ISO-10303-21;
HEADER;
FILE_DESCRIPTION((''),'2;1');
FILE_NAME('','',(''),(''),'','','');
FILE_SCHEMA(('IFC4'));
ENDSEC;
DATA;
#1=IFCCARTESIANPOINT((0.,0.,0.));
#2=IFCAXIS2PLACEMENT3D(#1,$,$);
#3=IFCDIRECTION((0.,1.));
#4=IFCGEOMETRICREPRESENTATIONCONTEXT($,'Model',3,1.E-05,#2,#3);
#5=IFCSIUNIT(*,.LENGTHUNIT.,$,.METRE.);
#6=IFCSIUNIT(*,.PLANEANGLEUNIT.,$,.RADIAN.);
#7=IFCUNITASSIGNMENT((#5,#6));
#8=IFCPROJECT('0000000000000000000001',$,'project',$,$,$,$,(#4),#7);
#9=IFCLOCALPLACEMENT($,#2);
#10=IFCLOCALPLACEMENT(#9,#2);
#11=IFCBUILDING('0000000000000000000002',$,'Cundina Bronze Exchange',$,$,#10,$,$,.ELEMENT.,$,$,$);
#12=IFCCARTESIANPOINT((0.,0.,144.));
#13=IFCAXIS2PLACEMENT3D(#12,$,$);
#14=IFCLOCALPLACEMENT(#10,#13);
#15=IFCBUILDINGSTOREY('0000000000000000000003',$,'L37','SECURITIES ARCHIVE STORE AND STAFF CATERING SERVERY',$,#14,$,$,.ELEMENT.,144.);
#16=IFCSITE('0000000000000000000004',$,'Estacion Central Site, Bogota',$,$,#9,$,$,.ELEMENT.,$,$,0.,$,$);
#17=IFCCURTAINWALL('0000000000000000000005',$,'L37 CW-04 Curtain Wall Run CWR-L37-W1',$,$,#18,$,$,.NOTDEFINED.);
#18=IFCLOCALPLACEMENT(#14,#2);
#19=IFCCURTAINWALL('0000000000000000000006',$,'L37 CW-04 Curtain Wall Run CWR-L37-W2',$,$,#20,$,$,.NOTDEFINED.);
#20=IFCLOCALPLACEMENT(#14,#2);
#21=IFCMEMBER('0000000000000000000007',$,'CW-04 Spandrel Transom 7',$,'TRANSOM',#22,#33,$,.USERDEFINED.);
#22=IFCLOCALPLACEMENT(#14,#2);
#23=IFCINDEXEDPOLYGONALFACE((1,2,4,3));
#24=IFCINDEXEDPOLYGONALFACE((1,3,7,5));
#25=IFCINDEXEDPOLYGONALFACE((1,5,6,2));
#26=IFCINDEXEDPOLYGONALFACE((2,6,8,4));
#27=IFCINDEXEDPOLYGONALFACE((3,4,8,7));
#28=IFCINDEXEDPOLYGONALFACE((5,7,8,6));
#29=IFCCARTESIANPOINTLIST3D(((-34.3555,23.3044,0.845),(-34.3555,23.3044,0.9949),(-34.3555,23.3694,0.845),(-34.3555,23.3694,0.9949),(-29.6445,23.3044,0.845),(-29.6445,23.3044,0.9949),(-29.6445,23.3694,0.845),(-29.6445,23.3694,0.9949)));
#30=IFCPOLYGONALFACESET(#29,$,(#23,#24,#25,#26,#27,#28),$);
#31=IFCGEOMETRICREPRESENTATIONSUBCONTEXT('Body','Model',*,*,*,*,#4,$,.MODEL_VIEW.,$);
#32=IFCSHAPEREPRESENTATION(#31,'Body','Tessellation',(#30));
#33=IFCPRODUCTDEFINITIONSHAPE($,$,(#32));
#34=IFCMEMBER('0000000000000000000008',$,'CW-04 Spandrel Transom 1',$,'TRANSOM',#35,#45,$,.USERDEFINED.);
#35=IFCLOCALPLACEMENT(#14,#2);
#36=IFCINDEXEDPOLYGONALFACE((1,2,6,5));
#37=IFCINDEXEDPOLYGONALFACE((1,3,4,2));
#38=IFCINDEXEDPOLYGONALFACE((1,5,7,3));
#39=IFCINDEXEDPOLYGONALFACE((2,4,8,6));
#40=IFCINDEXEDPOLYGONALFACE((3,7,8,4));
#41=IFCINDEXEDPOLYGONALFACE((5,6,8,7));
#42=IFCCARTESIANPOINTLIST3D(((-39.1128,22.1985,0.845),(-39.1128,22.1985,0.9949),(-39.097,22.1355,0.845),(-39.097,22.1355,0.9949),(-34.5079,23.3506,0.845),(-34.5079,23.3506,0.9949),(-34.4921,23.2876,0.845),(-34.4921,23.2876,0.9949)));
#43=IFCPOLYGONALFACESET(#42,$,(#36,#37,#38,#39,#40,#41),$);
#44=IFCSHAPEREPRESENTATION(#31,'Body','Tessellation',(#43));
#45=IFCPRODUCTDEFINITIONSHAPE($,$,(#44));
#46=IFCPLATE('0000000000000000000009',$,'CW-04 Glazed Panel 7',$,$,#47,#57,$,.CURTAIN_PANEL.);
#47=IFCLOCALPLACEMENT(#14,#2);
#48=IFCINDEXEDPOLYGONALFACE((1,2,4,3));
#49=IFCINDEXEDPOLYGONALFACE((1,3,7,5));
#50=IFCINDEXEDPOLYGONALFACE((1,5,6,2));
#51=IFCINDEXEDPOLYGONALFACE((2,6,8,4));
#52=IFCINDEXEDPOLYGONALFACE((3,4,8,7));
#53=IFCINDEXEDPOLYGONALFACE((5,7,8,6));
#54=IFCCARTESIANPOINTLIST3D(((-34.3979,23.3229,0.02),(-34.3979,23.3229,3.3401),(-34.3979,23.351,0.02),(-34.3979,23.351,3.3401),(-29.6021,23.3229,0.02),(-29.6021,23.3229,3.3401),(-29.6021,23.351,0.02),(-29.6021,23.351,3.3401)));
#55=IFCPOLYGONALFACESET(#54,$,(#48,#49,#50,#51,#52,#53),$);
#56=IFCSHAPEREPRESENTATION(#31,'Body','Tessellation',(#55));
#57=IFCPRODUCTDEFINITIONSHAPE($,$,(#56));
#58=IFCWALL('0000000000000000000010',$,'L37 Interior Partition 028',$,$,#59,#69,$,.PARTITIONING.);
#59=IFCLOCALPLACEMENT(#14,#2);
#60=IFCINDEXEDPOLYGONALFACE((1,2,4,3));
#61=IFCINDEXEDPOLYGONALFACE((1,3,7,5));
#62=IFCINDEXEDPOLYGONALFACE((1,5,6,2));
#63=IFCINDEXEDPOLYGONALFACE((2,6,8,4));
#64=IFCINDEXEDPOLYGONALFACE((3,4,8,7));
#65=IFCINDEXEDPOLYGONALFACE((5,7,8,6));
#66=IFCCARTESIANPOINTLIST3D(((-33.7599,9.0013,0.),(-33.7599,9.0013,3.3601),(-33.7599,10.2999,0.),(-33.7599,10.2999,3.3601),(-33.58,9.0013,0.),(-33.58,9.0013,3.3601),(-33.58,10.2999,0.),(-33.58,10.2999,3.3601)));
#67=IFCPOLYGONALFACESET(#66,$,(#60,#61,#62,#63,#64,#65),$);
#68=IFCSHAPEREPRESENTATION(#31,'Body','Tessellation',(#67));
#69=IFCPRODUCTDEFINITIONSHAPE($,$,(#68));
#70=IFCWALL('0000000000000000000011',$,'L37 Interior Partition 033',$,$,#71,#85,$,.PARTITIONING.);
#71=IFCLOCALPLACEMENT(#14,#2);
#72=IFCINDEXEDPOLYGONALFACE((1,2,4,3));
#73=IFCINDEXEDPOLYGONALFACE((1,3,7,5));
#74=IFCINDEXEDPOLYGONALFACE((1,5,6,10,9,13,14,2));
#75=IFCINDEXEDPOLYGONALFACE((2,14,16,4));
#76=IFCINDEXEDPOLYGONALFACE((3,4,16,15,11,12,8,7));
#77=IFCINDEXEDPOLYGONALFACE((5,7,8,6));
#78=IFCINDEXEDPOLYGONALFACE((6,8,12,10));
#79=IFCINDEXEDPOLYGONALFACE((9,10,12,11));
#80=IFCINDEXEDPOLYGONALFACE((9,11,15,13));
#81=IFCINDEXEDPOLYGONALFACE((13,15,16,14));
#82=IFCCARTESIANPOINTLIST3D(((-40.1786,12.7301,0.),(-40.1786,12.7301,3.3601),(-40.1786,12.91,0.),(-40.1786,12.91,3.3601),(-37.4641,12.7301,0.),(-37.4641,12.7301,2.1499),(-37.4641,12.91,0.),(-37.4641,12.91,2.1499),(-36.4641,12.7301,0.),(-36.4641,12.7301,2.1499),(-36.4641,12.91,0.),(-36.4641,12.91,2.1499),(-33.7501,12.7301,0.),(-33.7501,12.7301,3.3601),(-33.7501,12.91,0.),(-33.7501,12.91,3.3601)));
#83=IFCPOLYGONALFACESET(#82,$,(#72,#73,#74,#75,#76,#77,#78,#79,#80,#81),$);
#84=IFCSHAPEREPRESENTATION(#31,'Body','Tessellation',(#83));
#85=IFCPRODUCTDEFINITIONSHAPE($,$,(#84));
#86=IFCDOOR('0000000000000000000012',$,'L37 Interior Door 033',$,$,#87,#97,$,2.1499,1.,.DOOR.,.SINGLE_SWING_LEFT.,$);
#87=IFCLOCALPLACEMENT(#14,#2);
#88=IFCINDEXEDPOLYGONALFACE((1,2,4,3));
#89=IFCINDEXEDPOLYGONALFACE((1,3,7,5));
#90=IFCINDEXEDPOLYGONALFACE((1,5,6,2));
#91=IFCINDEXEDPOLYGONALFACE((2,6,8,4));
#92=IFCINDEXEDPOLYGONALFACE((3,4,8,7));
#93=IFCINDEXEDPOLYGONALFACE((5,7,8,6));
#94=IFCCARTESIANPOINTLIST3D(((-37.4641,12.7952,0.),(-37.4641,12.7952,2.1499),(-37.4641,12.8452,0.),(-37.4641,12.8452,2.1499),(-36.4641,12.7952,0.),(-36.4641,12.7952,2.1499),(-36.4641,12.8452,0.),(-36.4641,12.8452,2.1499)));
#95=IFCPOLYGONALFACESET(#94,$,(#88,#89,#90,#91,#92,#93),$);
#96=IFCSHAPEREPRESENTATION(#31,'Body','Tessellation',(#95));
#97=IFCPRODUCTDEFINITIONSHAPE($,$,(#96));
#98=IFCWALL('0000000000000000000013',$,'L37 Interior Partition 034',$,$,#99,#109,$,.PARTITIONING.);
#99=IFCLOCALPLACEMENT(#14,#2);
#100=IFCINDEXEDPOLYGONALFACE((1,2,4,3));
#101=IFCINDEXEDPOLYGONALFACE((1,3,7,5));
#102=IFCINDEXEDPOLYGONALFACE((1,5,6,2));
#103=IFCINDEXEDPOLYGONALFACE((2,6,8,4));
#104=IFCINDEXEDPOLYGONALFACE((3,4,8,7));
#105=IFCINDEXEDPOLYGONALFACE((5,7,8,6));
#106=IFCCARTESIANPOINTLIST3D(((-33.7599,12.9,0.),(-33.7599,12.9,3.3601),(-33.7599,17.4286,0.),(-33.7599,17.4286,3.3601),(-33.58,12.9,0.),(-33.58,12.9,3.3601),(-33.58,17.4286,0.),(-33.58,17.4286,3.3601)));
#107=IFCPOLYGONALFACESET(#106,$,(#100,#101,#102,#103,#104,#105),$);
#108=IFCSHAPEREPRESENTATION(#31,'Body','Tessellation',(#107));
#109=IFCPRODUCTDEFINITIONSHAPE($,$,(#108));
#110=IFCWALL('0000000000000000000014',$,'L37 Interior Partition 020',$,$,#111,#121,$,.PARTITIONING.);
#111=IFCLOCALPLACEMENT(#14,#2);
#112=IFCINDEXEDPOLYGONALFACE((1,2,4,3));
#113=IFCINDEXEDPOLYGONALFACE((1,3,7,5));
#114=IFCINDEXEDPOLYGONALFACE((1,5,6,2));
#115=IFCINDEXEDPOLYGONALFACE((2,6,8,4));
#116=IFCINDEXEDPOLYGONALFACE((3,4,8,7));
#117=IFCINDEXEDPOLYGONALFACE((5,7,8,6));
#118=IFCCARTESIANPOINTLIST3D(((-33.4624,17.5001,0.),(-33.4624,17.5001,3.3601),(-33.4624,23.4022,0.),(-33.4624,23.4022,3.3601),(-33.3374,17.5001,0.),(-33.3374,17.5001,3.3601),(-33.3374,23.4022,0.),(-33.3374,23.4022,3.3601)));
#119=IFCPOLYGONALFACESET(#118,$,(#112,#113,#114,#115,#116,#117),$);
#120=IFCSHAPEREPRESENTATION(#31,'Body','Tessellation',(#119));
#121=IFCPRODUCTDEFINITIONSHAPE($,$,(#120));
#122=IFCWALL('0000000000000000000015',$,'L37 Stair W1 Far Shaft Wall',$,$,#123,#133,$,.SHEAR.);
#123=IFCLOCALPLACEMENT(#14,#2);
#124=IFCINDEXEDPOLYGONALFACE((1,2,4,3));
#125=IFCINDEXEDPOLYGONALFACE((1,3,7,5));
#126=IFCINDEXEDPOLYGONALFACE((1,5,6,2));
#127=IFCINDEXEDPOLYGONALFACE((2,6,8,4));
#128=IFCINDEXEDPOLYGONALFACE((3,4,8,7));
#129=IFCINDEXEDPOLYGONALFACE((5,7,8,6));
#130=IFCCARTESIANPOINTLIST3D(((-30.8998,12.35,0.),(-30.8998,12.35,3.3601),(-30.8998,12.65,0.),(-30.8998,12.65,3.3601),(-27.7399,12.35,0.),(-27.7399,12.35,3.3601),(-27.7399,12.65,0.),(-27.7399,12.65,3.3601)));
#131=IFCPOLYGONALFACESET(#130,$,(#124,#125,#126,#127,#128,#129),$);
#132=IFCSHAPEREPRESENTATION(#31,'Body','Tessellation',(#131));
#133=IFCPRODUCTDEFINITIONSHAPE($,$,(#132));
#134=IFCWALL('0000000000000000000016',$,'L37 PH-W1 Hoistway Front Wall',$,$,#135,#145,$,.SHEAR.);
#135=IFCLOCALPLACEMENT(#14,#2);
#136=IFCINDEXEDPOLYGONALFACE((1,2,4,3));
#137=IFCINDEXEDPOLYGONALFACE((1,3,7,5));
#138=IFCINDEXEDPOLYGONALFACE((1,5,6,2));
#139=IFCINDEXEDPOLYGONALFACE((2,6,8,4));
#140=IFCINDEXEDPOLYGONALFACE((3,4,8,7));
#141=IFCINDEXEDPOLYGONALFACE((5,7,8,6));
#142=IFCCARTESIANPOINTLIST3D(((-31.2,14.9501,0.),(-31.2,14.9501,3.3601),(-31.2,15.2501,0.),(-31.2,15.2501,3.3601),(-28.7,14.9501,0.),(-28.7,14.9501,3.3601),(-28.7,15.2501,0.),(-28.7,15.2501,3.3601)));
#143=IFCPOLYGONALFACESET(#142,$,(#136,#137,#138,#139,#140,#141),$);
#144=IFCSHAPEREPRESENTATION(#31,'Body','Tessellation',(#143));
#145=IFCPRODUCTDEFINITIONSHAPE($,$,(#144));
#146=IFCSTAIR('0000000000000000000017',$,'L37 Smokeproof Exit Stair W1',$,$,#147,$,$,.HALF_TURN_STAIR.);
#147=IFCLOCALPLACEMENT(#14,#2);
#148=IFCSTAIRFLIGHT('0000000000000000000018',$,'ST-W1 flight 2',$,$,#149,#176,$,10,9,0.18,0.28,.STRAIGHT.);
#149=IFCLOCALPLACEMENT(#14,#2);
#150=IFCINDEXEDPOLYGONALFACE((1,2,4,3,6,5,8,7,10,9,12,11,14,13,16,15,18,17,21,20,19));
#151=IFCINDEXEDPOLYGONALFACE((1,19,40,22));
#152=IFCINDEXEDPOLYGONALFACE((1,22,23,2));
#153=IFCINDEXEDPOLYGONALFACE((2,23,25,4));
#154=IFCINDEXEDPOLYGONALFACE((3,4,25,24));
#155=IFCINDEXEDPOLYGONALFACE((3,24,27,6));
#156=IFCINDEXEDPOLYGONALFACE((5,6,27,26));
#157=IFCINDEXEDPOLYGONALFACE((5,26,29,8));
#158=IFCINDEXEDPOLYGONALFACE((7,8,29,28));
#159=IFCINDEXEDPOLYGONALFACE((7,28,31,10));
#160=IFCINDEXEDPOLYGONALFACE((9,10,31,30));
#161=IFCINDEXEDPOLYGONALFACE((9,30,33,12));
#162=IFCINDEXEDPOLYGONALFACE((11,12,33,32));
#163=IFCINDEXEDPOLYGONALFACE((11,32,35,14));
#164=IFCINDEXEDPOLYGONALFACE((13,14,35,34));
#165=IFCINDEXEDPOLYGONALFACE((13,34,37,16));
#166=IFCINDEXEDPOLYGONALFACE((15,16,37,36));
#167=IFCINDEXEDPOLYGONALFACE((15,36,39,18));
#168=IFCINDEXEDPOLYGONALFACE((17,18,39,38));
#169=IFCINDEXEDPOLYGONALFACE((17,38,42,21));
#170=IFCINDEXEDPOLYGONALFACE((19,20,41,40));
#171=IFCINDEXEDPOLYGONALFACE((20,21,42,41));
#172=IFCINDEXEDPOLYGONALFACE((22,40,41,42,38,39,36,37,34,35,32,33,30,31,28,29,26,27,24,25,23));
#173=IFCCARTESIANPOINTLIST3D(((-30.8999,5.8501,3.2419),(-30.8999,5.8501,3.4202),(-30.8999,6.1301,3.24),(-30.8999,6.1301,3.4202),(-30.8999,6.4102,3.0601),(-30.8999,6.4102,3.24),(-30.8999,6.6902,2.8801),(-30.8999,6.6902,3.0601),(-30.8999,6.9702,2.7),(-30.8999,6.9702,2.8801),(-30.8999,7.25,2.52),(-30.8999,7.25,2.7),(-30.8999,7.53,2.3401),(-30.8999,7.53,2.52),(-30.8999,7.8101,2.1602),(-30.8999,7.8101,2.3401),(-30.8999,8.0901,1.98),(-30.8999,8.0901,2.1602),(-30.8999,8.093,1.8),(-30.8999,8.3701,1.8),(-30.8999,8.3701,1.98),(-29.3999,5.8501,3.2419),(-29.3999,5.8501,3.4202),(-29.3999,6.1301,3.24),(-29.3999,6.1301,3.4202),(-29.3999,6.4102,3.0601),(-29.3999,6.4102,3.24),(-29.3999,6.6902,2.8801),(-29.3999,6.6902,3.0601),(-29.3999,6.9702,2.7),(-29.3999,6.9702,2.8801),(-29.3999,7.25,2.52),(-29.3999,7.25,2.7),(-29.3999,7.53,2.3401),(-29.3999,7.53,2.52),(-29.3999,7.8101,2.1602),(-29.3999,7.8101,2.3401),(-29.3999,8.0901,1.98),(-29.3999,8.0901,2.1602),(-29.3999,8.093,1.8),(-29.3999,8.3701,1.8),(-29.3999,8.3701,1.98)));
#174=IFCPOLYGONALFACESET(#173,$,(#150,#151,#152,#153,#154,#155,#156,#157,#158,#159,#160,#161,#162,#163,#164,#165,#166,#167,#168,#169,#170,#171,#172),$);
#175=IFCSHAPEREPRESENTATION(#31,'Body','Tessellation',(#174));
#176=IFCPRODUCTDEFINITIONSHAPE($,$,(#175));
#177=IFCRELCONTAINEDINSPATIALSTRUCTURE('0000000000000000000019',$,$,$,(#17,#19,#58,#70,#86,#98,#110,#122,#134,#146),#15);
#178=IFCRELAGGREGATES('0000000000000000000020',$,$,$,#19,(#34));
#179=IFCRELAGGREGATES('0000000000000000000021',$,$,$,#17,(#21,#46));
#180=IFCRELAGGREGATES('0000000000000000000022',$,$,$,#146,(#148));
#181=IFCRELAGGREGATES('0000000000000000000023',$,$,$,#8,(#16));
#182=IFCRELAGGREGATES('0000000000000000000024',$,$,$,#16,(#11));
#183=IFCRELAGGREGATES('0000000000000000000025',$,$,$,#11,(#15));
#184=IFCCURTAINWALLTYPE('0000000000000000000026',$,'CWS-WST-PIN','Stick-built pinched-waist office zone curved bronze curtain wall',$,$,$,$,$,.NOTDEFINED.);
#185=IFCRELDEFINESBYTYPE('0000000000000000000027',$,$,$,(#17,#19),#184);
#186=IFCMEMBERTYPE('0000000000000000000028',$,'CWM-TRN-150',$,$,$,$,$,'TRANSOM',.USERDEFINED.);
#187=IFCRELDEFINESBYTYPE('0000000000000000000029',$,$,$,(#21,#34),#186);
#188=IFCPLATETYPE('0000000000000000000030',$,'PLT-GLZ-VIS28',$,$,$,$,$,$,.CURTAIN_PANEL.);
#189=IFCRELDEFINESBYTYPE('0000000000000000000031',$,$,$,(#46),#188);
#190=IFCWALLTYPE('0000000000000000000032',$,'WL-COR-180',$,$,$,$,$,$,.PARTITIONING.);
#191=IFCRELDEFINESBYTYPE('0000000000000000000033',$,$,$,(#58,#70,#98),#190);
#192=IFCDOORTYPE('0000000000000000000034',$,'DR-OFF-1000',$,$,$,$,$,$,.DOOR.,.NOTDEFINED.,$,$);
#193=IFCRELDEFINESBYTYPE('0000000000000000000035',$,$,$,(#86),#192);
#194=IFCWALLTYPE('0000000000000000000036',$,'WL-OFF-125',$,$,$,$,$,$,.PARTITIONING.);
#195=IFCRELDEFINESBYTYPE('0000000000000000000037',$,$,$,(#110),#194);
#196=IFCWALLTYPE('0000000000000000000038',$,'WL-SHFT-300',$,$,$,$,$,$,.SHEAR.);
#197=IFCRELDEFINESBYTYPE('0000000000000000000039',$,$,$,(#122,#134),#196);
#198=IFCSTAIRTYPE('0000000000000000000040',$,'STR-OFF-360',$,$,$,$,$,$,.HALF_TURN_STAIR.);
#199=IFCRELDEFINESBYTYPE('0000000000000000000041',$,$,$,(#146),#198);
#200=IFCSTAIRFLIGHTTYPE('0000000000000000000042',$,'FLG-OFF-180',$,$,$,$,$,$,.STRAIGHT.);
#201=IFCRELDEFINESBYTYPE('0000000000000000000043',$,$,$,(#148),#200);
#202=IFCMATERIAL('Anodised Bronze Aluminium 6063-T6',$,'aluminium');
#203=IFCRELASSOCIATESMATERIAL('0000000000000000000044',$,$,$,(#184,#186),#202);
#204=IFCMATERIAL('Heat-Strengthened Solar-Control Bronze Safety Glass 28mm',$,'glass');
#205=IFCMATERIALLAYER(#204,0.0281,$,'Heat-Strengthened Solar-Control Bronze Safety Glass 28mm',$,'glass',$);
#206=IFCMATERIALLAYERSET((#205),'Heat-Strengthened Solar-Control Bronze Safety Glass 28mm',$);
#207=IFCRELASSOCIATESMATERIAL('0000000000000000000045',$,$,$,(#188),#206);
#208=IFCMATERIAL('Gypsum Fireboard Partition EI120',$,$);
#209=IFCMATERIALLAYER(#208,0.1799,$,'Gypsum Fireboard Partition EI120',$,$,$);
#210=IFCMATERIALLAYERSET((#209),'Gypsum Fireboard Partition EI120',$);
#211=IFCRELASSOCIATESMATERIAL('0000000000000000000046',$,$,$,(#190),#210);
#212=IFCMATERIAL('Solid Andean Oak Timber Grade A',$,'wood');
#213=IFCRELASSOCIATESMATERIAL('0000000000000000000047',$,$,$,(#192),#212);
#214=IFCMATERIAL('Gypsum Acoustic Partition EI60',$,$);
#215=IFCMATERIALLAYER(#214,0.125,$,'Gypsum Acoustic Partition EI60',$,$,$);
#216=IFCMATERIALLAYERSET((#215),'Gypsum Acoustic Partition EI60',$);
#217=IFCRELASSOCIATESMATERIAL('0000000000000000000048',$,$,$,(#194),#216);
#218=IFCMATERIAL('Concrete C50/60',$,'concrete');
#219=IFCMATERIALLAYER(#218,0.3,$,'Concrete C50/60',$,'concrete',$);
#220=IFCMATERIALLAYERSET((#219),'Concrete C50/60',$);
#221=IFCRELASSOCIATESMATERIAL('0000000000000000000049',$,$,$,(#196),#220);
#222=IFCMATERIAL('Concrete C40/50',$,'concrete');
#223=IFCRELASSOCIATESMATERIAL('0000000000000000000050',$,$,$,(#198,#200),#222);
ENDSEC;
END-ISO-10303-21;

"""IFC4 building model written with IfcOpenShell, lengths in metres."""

from ifc_helpers import new_model, si_unit, direction, frame, frame_2d, origin, origin_2d, place, context, subcontext, project, spatial, polyline, rectangle, outline, extrude, material, layer, layer_set, material_profile, profile_set, type_object, element, fill, aggregate, save


model = new_model("IFC4")

# Units and contexts
model_context = context("Model", 3, precision=1e-05, world=origin(), true_north=direction((0.0, 1.0)))
body_context = subcontext(model_context, "Body", "Model", "MODEL_VIEW")
ifc_project = project(units=[si_unit("LENGTHUNIT", "METRE"), si_unit("PLANEANGLEUNIT", "RADIAN")], contexts=[model_context])

# Site, building, storey
site_placement = place(None, origin())
site = spatial("IfcSite", under=ifc_project, at=site_placement, Name="Estacion Central Site, Bogota", CompositionType="ELEMENT", RefElevation=0.0)
building_placement = place(site_placement, origin())
building = spatial("IfcBuilding", under=site, at=building_placement, Name="Cundina Bronze Exchange", CompositionType="ELEMENT")
storey_placement = place(building_placement, frame((0.0, 0.0, 144.0)))
storey = spatial("IfcBuildingStorey", under=building, at=storey_placement, Name="L37", Description="SECURITIES ARCHIVE STORE AND STAFF CATERING SERVERY", CompositionType="ELEMENT", Elevation=144.0)

# Shared definitions
ifc_material_1 = material(Name="Concrete C50/60", Category="concrete")

# Curtain wall
ifc_material_2 = material(Name="Anodised Bronze Aluminium 6063-T6", Category="aluminium")
curtain_wall_type = type_object("IfcCurtainWallType", Name="CWS-WST-PIN", Description="Stick-built pinched-waist office zone curved bronze curtain wall", PredefinedType="NOTDEFINED", material=ifc_material_2)
curtain_wall_1_placement = place(storey_placement, origin())
curtain_wall_1 = element("IfcCurtainWall", 1, at=curtain_wall_1_placement, inside=storey, type_object=curtain_wall_type, Name="L37 CW-04 Curtain Wall Run CWR-L37-W1", PredefinedType="NOTDEFINED")

# Curtain wall
curtain_wall_2_placement = place(storey_placement, origin())
curtain_wall_2 = element("IfcCurtainWall", 2, at=curtain_wall_2_placement, inside=storey, type_object=curtain_wall_type, Name="L37 CW-04 Curtain Wall Run CWR-L37-W2", PredefinedType="NOTDEFINED")

# Members
ifc_material_profile_1 = material_profile(ifc_material_2, rectangle(XDim=0.0649, YDim=0.1499, at=origin_2d()), Name="AL65X150", Category="aluminium")
ifc_profile_set_1 = profile_set([ifc_material_profile_1], Name="Anodised Bronze Aluminium 6063-T6")
member_type_1 = type_object("IfcMemberType", Name="CWM-TRN-150", ElementType="TRANSOM", PredefinedType="USERDEFINED", material=ifc_profile_set_1)
member_1_placement = place(storey_placement, frame((-29.6445, 23.3369, 0.9199), z_axis=(-1.0, 0.0, 0.0), x_axis=(0.0, -1.0, 0.0)))
member_1 = element("IfcMember", 3, at=member_1_placement, type_object=member_type_1, Name="CW-04 Spandrel Transom 7", ObjectType="TRANSOM", PredefinedType="USERDEFINED", context=body_context, shape_type="SweptSolid", body=[
    extrude(rectangle(XDim=0.0649, YDim=0.1499, at=origin_2d()), origin(), (0.0, 0.0, 1.0), 4.7109),
])
member_2_placement = place(storey_placement, frame((-34.5, 23.3191, 0.9199), z_axis=(-0.9701, -0.242705, 0.0), x_axis=(0.242705, -0.9701, 0.0)))
member_2 = element("IfcMember", 4, at=member_2_placement, type_object=member_type_1, Name="CW-04 Spandrel Transom 1", ObjectType="TRANSOM", PredefinedType="USERDEFINED", context=body_context, shape_type="SweptSolid", body=[
    extrude(rectangle(XDim=0.0649, YDim=0.1499, at=origin_2d()), origin(), (0.0, 0.0, 1.0), 4.7468),
])
aggregate(curtain_wall_2, [member_2])

# Plate
ifc_material_3 = material(Name="Heat-Strengthened Solar-Control Bronze Safety Glass 28mm", Category="glass")
ifc_layer_1 = layer(ifc_material_3, 0.0281, Name="Heat-Strengthened Solar-Control Bronze Safety Glass 28mm", Category="glass")
ifc_layer_set_1 = layer_set([ifc_layer_1], Name="Heat-Strengthened Solar-Control Bronze Safety Glass 28mm")
plate_type = type_object("IfcPlateType", Name="PLT-GLZ-VIS28", PredefinedType="CURTAIN_PANEL", material=ifc_layer_set_1)
plate_placement = place(storey_placement, frame((-32.0, 23.3369, 0.02), z_axis=(0.0, 0.0, 1.0), x_axis=(-1.0, 0.0, 0.0)))
plate = element("IfcPlate", 5, at=plate_placement, type_object=plate_type, Name="CW-04 Glazed Panel 7", PredefinedType="CURTAIN_PANEL", context=body_context, shape_type="SweptSolid", body=[
    extrude(rectangle(XDim=4.7959, YDim=0.0281, at=origin_2d()), origin(), (0.0, 0.0, 1.0), 3.3201),
])
aggregate(curtain_wall_1, [member_1, plate])

# Shared definitions
ifc_material_4 = material(Name="Gypsum Fireboard Partition EI120")
ifc_layer_2 = layer(ifc_material_4, 0.1799, Name="Gypsum Fireboard Partition EI120")
ifc_layer_set_2 = layer_set([ifc_layer_2], Name="Gypsum Fireboard Partition EI120")
wall_type_1 = type_object("IfcWallType", Name="WL-COR-180", PredefinedType="PARTITIONING", material=ifc_layer_set_2)
ifc_material_5 = material(Name="Solid Andean Oak Timber Grade A", Category="wood")
door_type_1 = type_object("IfcDoorType", Name="DR-OFF-1000", OperationType="NOTDEFINED", PredefinedType="DOOR", material=ifc_material_5)

# Wall
wall_1_placement = place(storey_placement, frame((-33.6699, 10.3, 0.0), z_axis=(0.0, 0.0, 1.0), x_axis=(0.0, -1.0, 0.0)))
element("IfcWall", 6, at=wall_1_placement, inside=storey, type_object=wall_type_1, Name="L37 Interior Partition 028", PredefinedType="PARTITIONING", context=body_context, shape_type="SweptSolid", body=[
    extrude(rectangle(XDim=1.2986, YDim=0.1799, at=frame_2d((0.6494, 0.0))), origin(), (0.0, 0.0, 1.0), 3.3601),
])

# Wall, opening, door
wall_2_placement = place(storey_placement, frame((-33.75, 12.8201, 0.0), z_axis=(0.0, 0.0, 1.0), x_axis=(-1.0, 0.0, 0.0)))
wall_2 = element("IfcWall", 7, at=wall_2_placement, inside=storey, type_object=wall_type_1, Name="L37 Interior Partition 033", PredefinedType="PARTITIONING", context=body_context, shape_type="SweptSolid", body=[
    extrude(rectangle(XDim=6.4285, YDim=0.1799, at=frame_2d((3.2144, 0.0))), origin(), (0.0, 0.0, 1.0), 3.3601),
])
opening_1_placement = place(wall_2_placement, frame((2.7141, 0.0, 0.0)))
opening_1 = element("IfcOpeningElement", 8, at=opening_1_placement, cuts=wall_2, PredefinedType="OPENING", context=body_context, shape_type="SweptSolid", body=[
    extrude(rectangle(XDim=1.0, YDim=2.1499, at=frame_2d((0.5, 1.075))), frame((0.0, 0.0999, 0.0), z_axis=(0.0, -1.0, 0.0), x_axis=(1.0, 0.0, 0.0)), (0.0, 0.0, 1.0), 0.2),
])
door_1_placement = place(opening_1_placement, origin())
door_1 = element("IfcDoor", 9, at=door_1_placement, inside=storey, type_object=door_type_1, Name="L37 Interior Door 033", OperationType="SINGLE_SWING_LEFT", OverallHeight=2.1499, OverallWidth=1.0, PredefinedType="DOOR", context=body_context, shape_type="SweptSolid", body=[
    extrude(rectangle(XDim=1.0, YDim=2.1499, at=frame_2d((0.5, 1.075))), frame((0.0, 0.0249, 0.0), z_axis=(0.0, -1.0, 0.0), x_axis=(1.0, 0.0, 0.0)), (0.0, 0.0, 1.0), 0.05),
])
fill(opening_1, door_1)

# Walls
wall_3_placement = place(storey_placement, frame((-33.6699, 17.4285, 0.0), z_axis=(0.0, 0.0, 1.0), x_axis=(0.0, -1.0, 0.0)))
element("IfcWall", 10, at=wall_3_placement, inside=storey, type_object=wall_type_1, Name="L37 Interior Partition 034", PredefinedType="PARTITIONING", context=body_context, shape_type="SweptSolid", body=[
    extrude(rectangle(XDim=4.5286, YDim=0.1799, at=frame_2d((2.2642, 0.0))), origin(), (0.0, 0.0, 1.0), 3.3601),
])
ifc_material_6 = material(Name="Gypsum Acoustic Partition EI60")
ifc_layer_3 = layer(ifc_material_6, 0.125, Name="Gypsum Acoustic Partition EI60")
ifc_layer_set_3 = layer_set([ifc_layer_3], Name="Gypsum Acoustic Partition EI60")
wall_type_2 = type_object("IfcWallType", Name="WL-OFF-125", PredefinedType="PARTITIONING", material=ifc_layer_set_3)
wall_4_placement = place(storey_placement, frame((-33.3999, 17.5, 0.0), z_axis=(0.0, 0.0, 1.0), x_axis=(0.0, 1.0, 0.0)))
element("IfcWall", 11, at=wall_4_placement, inside=storey, type_object=wall_type_2, Name="L37 Interior Partition 020", PredefinedType="PARTITIONING", context=body_context, shape_type="SweptSolid", body=[
    extrude(rectangle(XDim=5.9021, YDim=0.125, at=frame_2d((2.9512, 0.0))), origin(), (0.0, 0.0, 1.0), 3.3601),
])

# Shared definitions
ifc_layer_4 = layer(ifc_material_1, 0.3, Name="Concrete C50/60", Category="concrete")
ifc_layer_set_4 = layer_set([ifc_layer_4], Name="Concrete C50/60")
wall_type_3 = type_object("IfcWallType", Name="WL-SHFT-300", PredefinedType="SHEAR", material=ifc_layer_set_4)

# Walls
wall_5_placement = place(storey_placement, frame((-30.8999, 12.5, 0.0), z_axis=(0.0, 0.0, 1.0), x_axis=(1.0, 0.0, 0.0)))
element("IfcWall", 12, at=wall_5_placement, inside=storey, type_object=wall_type_3, Name="L37 Stair W1 Far Shaft Wall", PredefinedType="SHEAR", context=body_context, shape_type="SweptSolid", body=[
    extrude(rectangle(XDim=3.1599, YDim=0.3, at=frame_2d((1.5801, 0.0))), origin(), (0.0, 0.0, 1.0), 3.3601),
])
wall_6_placement = place(storey_placement, frame((-31.2, 15.1001, 0.0), z_axis=(0.0, 0.0, 1.0), x_axis=(1.0, 0.0, 0.0)))
element("IfcWall", 13, at=wall_6_placement, inside=storey, type_object=wall_type_3, Name="L37 PH-W1 Hoistway Front Wall", PredefinedType="SHEAR", context=body_context, shape_type="SweptSolid", body=[
    extrude(rectangle(XDim=2.5, YDim=0.3, at=frame_2d((1.25, 0.0))), origin(), (0.0, 0.0, 1.0), 3.3601),
])

# Stair, stair flight
ifc_material_7 = material(Name="Concrete C40/50", Category="concrete")
stair_type = type_object("IfcStairType", Name="STR-OFF-360", PredefinedType="HALF_TURN_STAIR", material=ifc_material_7)
stair_placement = place(storey_placement, origin())
stair = element("IfcStair", 14, at=stair_placement, inside=storey, type_object=stair_type, Name="L37 Smokeproof Exit Stair W1", PredefinedType="HALF_TURN_STAIR")
stair_flight_type = type_object("IfcStairFlightType", Name="FLG-OFF-180", PredefinedType="STRAIGHT", material=ifc_material_7)
stair_flight_placement = place(storey_placement, frame((-30.1499, 8.3701, 1.8), z_axis=(0.0, 0.0, 1.0), x_axis=(0.0, -1.0, 0.0)))
stair_flight = element("IfcStairFlight", 15, at=stair_flight_placement, type_object=stair_flight_type, Name="ST-W1 flight 2", NumberOfRisers=10, NumberOfTreads=9, PredefinedType="STRAIGHT", RiserHeight=0.18, TreadLength=0.28, context=body_context, shape_type="SweptSolid", body=[
    extrude(outline(polyline([(0.0, 0.0), (0.0, 0.1799), (0.28, 0.1799), (0.28, 0.3601), (0.5601, 0.3601), (0.5601, 0.54), (0.8401, 0.54), (0.8401, 0.72), (1.1201, 0.72), (1.1201, 0.8999), (1.3999, 0.8999), (1.3999, 1.0801), (1.6799, 1.0801), (1.6799, 1.26), (1.96, 1.26), (1.96, 1.4399), (2.24, 1.4399), (2.24, 1.6201), (2.52, 1.6201), (2.52, 1.8), (2.52, 1.4419), (0.2771, 0.0), (0.0, 0.0)])), frame((0.0, 0.75, 0.0), z_axis=(0.0, -1.0, 0.0), x_axis=(1.0, 0.0, 0.0)), (0.0, 0.0, 1.0), 1.5),
])
aggregate(stair, [stair_flight])

save(model, "model.ifc")
